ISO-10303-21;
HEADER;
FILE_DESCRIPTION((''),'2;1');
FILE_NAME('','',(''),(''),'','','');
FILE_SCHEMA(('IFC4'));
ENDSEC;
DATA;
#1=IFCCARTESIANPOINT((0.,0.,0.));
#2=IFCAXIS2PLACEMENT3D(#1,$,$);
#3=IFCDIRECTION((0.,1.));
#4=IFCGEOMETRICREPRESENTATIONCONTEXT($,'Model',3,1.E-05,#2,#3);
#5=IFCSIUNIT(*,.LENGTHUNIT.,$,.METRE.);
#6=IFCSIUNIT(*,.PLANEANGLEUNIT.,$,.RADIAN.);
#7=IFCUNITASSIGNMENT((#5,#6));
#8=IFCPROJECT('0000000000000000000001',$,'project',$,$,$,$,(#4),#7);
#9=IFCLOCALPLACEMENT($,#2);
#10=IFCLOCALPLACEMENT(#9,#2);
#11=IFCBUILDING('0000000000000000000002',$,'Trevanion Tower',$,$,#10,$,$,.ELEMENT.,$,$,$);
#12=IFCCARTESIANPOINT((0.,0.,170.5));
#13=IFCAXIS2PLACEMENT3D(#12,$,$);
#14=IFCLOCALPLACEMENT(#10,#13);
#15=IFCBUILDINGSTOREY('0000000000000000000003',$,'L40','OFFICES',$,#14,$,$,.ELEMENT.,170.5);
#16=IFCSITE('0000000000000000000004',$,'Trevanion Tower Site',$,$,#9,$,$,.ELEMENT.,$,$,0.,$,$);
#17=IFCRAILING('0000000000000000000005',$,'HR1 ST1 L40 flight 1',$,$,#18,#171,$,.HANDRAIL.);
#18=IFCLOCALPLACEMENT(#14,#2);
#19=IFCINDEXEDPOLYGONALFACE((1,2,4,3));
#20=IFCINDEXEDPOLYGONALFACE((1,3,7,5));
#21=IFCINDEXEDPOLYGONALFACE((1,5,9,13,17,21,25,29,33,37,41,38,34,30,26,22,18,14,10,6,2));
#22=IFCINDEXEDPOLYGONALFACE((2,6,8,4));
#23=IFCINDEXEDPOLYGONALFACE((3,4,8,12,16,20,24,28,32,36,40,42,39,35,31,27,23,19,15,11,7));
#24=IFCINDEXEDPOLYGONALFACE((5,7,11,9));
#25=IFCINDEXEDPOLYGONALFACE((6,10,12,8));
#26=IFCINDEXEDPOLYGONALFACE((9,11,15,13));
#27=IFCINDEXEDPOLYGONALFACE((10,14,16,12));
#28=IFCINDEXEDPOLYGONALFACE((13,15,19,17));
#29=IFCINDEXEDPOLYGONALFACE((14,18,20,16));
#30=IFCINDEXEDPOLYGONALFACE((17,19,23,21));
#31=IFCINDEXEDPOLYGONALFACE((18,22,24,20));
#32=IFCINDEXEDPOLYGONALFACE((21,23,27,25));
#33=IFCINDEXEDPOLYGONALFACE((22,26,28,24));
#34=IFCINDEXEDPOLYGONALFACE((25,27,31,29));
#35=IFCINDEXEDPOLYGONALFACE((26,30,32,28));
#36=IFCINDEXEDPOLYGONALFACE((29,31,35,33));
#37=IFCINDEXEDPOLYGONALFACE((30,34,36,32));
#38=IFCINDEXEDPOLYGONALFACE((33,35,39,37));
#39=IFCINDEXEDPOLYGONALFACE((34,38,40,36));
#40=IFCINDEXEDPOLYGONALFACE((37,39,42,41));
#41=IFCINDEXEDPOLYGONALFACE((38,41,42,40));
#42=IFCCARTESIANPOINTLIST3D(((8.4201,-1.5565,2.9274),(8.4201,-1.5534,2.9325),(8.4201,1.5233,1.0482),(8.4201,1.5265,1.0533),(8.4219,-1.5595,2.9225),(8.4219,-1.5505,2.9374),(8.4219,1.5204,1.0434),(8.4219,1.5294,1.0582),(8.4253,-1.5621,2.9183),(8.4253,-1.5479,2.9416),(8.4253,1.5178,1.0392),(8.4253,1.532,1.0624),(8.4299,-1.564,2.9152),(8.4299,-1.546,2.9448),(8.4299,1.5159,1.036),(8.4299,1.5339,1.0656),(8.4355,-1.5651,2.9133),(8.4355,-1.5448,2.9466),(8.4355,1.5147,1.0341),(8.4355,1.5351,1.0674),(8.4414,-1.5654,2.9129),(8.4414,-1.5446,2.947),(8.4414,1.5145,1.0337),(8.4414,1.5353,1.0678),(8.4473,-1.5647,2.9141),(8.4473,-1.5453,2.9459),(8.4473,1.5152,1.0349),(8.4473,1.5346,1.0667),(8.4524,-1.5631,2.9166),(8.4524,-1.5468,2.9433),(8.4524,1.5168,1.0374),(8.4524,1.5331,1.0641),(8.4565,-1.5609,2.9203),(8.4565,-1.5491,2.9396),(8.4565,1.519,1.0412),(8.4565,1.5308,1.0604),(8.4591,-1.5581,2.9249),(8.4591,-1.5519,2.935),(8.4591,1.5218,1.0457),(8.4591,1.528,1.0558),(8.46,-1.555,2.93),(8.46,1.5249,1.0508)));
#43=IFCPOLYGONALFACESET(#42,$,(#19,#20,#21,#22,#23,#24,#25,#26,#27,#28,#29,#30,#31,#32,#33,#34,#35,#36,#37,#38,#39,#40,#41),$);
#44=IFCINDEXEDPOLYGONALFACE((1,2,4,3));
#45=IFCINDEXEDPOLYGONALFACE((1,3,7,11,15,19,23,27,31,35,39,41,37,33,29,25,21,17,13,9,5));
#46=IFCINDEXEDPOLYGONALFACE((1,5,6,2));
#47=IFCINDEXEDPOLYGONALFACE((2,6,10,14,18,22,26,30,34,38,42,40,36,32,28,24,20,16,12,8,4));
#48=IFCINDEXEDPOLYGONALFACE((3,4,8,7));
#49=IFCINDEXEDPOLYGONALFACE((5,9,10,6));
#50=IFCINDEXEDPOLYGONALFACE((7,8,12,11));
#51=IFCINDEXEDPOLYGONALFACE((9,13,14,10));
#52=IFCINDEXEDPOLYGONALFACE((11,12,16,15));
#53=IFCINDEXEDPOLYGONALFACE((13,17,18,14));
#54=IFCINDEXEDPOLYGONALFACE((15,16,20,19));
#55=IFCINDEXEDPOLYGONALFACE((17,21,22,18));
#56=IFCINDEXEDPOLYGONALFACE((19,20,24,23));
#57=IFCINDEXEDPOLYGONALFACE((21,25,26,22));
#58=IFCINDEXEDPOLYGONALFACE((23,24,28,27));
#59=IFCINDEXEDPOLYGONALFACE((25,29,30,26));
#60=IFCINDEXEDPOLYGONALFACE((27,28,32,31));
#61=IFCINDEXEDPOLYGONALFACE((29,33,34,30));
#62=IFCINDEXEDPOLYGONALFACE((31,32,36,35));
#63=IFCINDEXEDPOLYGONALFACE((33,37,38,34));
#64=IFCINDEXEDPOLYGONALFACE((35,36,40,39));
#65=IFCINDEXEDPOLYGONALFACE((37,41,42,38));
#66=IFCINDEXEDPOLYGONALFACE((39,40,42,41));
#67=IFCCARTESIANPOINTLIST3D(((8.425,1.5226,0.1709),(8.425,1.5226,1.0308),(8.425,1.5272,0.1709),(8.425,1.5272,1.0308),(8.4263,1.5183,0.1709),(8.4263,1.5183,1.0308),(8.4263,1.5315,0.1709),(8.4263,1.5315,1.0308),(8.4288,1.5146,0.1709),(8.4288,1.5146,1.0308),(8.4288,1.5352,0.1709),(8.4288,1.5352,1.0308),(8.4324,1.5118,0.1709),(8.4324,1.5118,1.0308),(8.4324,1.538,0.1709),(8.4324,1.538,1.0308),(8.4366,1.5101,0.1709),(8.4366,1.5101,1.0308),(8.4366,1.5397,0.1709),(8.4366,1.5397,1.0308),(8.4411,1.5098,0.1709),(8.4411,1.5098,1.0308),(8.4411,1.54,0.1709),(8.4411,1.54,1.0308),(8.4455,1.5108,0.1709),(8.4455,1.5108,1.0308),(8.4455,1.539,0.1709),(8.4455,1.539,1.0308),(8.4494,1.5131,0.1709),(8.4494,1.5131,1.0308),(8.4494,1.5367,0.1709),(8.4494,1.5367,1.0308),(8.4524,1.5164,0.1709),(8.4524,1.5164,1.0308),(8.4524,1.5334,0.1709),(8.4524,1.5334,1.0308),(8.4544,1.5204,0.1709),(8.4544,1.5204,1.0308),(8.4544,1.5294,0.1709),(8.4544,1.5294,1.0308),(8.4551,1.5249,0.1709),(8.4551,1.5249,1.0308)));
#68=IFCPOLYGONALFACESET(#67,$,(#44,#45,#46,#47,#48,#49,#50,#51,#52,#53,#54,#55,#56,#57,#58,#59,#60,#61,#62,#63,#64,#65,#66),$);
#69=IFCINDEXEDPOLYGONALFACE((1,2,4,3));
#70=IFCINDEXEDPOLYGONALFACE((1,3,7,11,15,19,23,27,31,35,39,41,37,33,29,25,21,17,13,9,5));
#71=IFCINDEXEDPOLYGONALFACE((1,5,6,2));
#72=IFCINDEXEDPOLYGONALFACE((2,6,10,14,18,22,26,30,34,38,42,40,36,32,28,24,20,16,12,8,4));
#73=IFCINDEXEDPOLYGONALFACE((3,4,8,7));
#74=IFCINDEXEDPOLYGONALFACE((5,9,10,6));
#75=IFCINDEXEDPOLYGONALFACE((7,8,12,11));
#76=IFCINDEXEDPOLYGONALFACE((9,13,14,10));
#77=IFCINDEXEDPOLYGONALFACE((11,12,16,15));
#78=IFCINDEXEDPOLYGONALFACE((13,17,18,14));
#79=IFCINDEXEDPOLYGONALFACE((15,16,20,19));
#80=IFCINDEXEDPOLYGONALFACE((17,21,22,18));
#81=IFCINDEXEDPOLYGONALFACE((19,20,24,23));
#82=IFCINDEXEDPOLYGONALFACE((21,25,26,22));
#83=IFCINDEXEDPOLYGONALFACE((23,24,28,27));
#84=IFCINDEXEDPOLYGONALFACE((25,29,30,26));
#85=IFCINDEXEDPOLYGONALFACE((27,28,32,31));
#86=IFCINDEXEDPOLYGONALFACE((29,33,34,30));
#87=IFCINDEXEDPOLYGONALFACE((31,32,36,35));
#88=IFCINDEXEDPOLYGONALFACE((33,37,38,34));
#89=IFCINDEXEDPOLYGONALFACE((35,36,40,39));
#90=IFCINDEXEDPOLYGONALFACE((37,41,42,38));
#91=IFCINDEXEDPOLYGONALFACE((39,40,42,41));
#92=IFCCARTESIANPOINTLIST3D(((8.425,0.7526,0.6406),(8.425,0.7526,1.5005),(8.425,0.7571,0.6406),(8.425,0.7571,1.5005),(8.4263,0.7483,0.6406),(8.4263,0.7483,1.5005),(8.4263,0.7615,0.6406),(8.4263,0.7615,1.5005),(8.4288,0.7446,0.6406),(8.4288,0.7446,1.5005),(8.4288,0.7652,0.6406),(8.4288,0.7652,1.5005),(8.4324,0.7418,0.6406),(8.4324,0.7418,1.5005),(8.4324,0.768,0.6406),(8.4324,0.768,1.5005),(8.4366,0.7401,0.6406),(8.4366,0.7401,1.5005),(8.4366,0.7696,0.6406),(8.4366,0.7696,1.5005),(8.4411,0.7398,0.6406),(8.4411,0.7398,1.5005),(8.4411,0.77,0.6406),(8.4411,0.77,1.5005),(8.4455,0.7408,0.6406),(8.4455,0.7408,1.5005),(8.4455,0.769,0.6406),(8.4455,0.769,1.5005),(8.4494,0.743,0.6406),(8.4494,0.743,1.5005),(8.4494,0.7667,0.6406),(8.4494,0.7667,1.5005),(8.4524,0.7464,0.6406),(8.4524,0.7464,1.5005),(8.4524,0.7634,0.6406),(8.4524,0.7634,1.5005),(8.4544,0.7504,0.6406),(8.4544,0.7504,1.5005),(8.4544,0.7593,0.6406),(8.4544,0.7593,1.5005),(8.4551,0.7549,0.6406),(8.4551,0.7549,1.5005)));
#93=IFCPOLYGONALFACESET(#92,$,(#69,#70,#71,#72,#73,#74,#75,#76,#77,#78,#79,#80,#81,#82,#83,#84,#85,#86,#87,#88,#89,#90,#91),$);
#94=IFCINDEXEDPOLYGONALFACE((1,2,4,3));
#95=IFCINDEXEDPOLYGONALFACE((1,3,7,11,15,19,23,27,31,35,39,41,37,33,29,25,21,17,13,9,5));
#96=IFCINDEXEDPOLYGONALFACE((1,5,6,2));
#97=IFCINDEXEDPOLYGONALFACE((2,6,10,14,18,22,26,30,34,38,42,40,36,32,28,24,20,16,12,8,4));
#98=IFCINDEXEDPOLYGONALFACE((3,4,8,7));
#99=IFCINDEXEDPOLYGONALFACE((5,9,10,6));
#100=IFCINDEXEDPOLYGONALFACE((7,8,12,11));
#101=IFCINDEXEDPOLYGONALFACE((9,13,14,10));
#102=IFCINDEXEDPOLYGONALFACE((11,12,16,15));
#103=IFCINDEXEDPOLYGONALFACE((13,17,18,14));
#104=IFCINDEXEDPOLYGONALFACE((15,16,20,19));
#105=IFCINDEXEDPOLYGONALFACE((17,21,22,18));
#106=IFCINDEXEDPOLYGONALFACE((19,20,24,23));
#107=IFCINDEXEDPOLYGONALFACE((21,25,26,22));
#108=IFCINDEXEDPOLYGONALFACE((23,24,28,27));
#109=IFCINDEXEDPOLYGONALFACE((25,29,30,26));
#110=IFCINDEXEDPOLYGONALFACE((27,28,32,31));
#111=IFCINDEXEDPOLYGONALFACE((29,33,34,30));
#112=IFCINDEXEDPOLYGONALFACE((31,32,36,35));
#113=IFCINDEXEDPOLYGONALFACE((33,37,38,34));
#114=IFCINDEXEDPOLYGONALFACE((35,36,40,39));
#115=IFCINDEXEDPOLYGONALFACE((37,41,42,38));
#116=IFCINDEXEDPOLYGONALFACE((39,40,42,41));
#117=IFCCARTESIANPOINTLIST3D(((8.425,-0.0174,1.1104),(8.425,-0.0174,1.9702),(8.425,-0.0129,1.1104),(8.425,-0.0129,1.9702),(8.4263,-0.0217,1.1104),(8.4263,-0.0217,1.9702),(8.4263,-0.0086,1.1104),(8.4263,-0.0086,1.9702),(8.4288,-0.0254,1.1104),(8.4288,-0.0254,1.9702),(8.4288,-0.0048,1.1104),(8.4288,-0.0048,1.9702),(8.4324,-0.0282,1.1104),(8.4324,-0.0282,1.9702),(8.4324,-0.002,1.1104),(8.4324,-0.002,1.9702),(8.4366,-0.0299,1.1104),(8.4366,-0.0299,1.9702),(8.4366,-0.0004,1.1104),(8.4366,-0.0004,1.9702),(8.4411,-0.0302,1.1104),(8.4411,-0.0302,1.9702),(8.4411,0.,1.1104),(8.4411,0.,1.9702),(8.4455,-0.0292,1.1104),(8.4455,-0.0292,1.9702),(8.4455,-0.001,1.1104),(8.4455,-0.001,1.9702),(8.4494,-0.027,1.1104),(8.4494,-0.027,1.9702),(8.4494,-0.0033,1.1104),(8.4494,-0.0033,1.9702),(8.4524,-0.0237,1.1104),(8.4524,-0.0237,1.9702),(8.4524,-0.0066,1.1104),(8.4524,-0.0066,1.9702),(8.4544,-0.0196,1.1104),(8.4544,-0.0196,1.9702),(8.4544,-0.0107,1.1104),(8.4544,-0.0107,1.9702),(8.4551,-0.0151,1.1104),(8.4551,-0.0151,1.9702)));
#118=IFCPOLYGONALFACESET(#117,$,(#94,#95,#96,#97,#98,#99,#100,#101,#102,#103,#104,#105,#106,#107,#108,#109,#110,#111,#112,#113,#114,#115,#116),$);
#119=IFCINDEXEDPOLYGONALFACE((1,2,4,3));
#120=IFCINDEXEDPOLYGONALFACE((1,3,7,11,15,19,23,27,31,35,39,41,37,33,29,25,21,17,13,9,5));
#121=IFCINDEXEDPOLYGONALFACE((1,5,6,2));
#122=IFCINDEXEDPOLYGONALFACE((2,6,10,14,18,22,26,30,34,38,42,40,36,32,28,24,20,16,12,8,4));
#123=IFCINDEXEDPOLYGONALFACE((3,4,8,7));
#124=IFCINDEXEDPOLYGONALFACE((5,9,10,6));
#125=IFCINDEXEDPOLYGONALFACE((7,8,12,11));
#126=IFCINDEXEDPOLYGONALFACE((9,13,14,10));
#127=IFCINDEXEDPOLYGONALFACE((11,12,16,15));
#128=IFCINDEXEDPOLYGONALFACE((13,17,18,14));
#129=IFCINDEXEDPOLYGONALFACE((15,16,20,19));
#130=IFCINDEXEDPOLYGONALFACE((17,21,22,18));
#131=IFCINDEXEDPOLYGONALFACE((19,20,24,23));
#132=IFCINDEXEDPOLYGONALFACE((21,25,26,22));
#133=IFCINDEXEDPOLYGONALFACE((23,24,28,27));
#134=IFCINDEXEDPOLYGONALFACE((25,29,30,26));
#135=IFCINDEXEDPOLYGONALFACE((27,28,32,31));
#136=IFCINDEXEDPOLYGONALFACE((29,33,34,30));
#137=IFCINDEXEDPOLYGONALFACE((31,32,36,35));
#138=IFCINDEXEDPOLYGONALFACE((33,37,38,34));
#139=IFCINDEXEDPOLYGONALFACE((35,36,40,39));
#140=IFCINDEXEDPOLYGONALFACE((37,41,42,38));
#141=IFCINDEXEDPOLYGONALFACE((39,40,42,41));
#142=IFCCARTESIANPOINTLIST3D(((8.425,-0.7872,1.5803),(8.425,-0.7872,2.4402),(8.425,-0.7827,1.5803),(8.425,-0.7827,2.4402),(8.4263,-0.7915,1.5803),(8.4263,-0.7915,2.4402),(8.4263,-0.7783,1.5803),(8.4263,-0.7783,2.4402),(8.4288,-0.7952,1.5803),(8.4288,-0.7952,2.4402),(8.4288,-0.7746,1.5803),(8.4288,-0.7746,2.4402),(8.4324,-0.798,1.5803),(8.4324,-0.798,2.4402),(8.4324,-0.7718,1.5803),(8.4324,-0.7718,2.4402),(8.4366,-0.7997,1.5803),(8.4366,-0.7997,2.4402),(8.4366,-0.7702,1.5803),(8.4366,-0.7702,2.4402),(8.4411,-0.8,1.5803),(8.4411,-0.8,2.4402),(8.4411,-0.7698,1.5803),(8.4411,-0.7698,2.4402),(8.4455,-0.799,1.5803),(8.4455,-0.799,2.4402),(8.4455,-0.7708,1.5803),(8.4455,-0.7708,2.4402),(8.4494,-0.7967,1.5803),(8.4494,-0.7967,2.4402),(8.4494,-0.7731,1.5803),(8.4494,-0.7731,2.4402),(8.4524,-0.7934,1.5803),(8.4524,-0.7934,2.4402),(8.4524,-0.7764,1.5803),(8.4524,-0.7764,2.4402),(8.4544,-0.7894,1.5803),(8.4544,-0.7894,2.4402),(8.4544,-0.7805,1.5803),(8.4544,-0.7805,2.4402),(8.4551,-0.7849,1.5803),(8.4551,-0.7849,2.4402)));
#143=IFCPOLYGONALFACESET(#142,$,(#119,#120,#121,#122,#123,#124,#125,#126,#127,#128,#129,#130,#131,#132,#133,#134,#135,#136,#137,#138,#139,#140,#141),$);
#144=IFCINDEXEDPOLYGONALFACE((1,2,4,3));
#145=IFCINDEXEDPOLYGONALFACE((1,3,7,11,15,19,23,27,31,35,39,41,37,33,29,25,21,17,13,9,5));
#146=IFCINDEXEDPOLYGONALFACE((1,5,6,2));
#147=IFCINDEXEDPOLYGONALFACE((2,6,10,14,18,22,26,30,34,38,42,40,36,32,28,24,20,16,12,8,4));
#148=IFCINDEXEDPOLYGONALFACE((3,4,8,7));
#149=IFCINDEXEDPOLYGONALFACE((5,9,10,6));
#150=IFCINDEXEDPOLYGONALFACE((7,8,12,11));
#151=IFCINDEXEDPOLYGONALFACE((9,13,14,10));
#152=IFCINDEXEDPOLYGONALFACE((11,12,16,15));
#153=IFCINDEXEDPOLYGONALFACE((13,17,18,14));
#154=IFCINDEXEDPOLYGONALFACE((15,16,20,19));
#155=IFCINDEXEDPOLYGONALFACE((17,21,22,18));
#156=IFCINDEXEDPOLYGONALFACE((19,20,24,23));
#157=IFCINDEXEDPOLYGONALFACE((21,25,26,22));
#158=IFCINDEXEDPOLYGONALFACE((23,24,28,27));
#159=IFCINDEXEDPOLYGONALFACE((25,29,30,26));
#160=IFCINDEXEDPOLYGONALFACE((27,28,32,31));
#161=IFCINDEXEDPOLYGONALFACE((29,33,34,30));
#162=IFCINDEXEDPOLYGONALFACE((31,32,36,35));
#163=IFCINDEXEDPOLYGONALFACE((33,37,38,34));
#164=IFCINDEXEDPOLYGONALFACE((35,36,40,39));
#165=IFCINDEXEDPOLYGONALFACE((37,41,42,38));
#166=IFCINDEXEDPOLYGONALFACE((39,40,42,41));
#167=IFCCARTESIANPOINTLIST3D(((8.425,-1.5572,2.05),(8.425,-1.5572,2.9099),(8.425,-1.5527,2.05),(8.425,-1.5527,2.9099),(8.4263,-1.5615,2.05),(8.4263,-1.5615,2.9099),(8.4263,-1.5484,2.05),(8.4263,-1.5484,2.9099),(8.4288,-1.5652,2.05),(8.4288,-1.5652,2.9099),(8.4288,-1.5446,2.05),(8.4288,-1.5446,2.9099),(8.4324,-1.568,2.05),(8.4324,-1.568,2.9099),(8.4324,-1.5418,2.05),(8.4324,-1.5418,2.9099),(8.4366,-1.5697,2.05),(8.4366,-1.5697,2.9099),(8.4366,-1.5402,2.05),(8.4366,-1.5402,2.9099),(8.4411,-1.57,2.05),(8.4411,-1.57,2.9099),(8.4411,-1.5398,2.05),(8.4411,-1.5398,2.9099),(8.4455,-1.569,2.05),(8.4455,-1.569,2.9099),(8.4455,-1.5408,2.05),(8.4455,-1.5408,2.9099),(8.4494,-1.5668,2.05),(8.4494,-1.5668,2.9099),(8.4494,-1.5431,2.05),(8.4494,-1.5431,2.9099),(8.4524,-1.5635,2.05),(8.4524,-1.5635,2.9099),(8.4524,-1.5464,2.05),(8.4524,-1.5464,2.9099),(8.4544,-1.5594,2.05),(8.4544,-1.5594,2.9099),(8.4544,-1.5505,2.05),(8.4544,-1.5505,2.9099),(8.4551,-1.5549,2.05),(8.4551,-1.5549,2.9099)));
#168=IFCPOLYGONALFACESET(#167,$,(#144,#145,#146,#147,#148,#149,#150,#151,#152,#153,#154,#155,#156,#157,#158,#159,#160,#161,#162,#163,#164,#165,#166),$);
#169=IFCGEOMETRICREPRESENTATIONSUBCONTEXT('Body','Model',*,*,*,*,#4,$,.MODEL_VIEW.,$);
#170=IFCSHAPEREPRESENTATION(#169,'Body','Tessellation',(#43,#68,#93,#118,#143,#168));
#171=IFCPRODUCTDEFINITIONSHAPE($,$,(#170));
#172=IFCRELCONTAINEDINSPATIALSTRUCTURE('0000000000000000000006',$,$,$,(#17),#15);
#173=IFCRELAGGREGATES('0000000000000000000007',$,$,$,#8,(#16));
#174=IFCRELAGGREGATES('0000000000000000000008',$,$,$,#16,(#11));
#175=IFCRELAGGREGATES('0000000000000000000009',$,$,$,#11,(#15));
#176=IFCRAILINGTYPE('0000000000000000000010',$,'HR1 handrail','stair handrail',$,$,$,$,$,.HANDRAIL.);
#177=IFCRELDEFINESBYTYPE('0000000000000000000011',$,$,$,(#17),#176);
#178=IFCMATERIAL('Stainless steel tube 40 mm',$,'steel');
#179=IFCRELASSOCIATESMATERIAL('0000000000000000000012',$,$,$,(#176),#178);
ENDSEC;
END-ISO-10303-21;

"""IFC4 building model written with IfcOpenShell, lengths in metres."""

from ifc_helpers import new_model, si_unit, direction, frame, origin, origin_2d, place, context, subcontext, project, spatial, circle, extrude, material, type_object, element, save


model = new_model("IFC4")

# Units and contexts
model_context = context("Model", 3, precision=1e-05, world=origin(), true_north=direction((0.0, 1.0)))
body_context = subcontext(model_context, "Body", "Model", "MODEL_VIEW")
ifc_project = project(units=[si_unit("LENGTHUNIT", "METRE"), si_unit("PLANEANGLEUNIT", "RADIAN")], contexts=[model_context])

# Site, building, storey
site_placement = place(None, origin())
site = spatial("IfcSite", under=ifc_project, at=site_placement, Name="Trevanion Tower Site", CompositionType="ELEMENT", RefElevation=0.0)
building_placement = place(site_placement, origin())
building = spatial("IfcBuilding", under=site, at=building_placement, Name="Trevanion Tower", CompositionType="ELEMENT")
storey_placement = place(building_placement, frame((0.0, 0.0, 170.5)))
storey = spatial("IfcBuildingStorey", under=building, at=storey_placement, Name="L40", Description="OFFICES", CompositionType="ELEMENT", Elevation=170.5)

# Railing
ifc_material_1 = material(Name="Stainless steel tube 40 mm", Category="steel")
railing_type = type_object("IfcRailingType", Name="HR1 handrail", Description="stair handrail", PredefinedType="HANDRAIL", material=ifc_material_1)
for number, where, name in (
    (1, (8.4399, 1.5249, 0.1709), "HR1 ST1 L40 flight 1"),
):
    element("IfcRailing", number, at=place(storey_placement, frame(where)), inside=storey, type_object=railing_type, Name=name, PredefinedType="HANDRAIL", context=body_context, shape_type="SweptSolid", body=[
        extrude(circle(Radius=0.02, at=origin_2d()), frame((0.0, 0.0, 0.8799), z_axis=(0.0, -0.853648, 0.52085), x_axis=(1.0, 0.0, 0.0)), (0.0, 0.0, 1.0), 3.6079),
        extrude(circle(Radius=0.0151, at=origin_2d()), origin(), (0.0, 0.0, 1.0), 0.8599),
        extrude(circle(Radius=0.0151, at=origin_2d()), frame((0.0, -0.77, 0.4697)), (0.0, 0.0, 1.0), 0.8599),
        extrude(circle(Radius=0.0151, at=origin_2d()), frame((0.0, -1.54, 0.9395)), (0.0, 0.0, 1.0), 0.8599),
        extrude(circle(Radius=0.0151, at=origin_2d()), frame((0.0, -2.3098, 1.4094)), (0.0, 0.0, 1.0), 0.8599),
        extrude(circle(Radius=0.0151, at=origin_2d()), frame((0.0, -3.0798, 1.8792)), (0.0, 0.0, 1.0), 0.8599),
    ])

save(model, "model.ifc")
